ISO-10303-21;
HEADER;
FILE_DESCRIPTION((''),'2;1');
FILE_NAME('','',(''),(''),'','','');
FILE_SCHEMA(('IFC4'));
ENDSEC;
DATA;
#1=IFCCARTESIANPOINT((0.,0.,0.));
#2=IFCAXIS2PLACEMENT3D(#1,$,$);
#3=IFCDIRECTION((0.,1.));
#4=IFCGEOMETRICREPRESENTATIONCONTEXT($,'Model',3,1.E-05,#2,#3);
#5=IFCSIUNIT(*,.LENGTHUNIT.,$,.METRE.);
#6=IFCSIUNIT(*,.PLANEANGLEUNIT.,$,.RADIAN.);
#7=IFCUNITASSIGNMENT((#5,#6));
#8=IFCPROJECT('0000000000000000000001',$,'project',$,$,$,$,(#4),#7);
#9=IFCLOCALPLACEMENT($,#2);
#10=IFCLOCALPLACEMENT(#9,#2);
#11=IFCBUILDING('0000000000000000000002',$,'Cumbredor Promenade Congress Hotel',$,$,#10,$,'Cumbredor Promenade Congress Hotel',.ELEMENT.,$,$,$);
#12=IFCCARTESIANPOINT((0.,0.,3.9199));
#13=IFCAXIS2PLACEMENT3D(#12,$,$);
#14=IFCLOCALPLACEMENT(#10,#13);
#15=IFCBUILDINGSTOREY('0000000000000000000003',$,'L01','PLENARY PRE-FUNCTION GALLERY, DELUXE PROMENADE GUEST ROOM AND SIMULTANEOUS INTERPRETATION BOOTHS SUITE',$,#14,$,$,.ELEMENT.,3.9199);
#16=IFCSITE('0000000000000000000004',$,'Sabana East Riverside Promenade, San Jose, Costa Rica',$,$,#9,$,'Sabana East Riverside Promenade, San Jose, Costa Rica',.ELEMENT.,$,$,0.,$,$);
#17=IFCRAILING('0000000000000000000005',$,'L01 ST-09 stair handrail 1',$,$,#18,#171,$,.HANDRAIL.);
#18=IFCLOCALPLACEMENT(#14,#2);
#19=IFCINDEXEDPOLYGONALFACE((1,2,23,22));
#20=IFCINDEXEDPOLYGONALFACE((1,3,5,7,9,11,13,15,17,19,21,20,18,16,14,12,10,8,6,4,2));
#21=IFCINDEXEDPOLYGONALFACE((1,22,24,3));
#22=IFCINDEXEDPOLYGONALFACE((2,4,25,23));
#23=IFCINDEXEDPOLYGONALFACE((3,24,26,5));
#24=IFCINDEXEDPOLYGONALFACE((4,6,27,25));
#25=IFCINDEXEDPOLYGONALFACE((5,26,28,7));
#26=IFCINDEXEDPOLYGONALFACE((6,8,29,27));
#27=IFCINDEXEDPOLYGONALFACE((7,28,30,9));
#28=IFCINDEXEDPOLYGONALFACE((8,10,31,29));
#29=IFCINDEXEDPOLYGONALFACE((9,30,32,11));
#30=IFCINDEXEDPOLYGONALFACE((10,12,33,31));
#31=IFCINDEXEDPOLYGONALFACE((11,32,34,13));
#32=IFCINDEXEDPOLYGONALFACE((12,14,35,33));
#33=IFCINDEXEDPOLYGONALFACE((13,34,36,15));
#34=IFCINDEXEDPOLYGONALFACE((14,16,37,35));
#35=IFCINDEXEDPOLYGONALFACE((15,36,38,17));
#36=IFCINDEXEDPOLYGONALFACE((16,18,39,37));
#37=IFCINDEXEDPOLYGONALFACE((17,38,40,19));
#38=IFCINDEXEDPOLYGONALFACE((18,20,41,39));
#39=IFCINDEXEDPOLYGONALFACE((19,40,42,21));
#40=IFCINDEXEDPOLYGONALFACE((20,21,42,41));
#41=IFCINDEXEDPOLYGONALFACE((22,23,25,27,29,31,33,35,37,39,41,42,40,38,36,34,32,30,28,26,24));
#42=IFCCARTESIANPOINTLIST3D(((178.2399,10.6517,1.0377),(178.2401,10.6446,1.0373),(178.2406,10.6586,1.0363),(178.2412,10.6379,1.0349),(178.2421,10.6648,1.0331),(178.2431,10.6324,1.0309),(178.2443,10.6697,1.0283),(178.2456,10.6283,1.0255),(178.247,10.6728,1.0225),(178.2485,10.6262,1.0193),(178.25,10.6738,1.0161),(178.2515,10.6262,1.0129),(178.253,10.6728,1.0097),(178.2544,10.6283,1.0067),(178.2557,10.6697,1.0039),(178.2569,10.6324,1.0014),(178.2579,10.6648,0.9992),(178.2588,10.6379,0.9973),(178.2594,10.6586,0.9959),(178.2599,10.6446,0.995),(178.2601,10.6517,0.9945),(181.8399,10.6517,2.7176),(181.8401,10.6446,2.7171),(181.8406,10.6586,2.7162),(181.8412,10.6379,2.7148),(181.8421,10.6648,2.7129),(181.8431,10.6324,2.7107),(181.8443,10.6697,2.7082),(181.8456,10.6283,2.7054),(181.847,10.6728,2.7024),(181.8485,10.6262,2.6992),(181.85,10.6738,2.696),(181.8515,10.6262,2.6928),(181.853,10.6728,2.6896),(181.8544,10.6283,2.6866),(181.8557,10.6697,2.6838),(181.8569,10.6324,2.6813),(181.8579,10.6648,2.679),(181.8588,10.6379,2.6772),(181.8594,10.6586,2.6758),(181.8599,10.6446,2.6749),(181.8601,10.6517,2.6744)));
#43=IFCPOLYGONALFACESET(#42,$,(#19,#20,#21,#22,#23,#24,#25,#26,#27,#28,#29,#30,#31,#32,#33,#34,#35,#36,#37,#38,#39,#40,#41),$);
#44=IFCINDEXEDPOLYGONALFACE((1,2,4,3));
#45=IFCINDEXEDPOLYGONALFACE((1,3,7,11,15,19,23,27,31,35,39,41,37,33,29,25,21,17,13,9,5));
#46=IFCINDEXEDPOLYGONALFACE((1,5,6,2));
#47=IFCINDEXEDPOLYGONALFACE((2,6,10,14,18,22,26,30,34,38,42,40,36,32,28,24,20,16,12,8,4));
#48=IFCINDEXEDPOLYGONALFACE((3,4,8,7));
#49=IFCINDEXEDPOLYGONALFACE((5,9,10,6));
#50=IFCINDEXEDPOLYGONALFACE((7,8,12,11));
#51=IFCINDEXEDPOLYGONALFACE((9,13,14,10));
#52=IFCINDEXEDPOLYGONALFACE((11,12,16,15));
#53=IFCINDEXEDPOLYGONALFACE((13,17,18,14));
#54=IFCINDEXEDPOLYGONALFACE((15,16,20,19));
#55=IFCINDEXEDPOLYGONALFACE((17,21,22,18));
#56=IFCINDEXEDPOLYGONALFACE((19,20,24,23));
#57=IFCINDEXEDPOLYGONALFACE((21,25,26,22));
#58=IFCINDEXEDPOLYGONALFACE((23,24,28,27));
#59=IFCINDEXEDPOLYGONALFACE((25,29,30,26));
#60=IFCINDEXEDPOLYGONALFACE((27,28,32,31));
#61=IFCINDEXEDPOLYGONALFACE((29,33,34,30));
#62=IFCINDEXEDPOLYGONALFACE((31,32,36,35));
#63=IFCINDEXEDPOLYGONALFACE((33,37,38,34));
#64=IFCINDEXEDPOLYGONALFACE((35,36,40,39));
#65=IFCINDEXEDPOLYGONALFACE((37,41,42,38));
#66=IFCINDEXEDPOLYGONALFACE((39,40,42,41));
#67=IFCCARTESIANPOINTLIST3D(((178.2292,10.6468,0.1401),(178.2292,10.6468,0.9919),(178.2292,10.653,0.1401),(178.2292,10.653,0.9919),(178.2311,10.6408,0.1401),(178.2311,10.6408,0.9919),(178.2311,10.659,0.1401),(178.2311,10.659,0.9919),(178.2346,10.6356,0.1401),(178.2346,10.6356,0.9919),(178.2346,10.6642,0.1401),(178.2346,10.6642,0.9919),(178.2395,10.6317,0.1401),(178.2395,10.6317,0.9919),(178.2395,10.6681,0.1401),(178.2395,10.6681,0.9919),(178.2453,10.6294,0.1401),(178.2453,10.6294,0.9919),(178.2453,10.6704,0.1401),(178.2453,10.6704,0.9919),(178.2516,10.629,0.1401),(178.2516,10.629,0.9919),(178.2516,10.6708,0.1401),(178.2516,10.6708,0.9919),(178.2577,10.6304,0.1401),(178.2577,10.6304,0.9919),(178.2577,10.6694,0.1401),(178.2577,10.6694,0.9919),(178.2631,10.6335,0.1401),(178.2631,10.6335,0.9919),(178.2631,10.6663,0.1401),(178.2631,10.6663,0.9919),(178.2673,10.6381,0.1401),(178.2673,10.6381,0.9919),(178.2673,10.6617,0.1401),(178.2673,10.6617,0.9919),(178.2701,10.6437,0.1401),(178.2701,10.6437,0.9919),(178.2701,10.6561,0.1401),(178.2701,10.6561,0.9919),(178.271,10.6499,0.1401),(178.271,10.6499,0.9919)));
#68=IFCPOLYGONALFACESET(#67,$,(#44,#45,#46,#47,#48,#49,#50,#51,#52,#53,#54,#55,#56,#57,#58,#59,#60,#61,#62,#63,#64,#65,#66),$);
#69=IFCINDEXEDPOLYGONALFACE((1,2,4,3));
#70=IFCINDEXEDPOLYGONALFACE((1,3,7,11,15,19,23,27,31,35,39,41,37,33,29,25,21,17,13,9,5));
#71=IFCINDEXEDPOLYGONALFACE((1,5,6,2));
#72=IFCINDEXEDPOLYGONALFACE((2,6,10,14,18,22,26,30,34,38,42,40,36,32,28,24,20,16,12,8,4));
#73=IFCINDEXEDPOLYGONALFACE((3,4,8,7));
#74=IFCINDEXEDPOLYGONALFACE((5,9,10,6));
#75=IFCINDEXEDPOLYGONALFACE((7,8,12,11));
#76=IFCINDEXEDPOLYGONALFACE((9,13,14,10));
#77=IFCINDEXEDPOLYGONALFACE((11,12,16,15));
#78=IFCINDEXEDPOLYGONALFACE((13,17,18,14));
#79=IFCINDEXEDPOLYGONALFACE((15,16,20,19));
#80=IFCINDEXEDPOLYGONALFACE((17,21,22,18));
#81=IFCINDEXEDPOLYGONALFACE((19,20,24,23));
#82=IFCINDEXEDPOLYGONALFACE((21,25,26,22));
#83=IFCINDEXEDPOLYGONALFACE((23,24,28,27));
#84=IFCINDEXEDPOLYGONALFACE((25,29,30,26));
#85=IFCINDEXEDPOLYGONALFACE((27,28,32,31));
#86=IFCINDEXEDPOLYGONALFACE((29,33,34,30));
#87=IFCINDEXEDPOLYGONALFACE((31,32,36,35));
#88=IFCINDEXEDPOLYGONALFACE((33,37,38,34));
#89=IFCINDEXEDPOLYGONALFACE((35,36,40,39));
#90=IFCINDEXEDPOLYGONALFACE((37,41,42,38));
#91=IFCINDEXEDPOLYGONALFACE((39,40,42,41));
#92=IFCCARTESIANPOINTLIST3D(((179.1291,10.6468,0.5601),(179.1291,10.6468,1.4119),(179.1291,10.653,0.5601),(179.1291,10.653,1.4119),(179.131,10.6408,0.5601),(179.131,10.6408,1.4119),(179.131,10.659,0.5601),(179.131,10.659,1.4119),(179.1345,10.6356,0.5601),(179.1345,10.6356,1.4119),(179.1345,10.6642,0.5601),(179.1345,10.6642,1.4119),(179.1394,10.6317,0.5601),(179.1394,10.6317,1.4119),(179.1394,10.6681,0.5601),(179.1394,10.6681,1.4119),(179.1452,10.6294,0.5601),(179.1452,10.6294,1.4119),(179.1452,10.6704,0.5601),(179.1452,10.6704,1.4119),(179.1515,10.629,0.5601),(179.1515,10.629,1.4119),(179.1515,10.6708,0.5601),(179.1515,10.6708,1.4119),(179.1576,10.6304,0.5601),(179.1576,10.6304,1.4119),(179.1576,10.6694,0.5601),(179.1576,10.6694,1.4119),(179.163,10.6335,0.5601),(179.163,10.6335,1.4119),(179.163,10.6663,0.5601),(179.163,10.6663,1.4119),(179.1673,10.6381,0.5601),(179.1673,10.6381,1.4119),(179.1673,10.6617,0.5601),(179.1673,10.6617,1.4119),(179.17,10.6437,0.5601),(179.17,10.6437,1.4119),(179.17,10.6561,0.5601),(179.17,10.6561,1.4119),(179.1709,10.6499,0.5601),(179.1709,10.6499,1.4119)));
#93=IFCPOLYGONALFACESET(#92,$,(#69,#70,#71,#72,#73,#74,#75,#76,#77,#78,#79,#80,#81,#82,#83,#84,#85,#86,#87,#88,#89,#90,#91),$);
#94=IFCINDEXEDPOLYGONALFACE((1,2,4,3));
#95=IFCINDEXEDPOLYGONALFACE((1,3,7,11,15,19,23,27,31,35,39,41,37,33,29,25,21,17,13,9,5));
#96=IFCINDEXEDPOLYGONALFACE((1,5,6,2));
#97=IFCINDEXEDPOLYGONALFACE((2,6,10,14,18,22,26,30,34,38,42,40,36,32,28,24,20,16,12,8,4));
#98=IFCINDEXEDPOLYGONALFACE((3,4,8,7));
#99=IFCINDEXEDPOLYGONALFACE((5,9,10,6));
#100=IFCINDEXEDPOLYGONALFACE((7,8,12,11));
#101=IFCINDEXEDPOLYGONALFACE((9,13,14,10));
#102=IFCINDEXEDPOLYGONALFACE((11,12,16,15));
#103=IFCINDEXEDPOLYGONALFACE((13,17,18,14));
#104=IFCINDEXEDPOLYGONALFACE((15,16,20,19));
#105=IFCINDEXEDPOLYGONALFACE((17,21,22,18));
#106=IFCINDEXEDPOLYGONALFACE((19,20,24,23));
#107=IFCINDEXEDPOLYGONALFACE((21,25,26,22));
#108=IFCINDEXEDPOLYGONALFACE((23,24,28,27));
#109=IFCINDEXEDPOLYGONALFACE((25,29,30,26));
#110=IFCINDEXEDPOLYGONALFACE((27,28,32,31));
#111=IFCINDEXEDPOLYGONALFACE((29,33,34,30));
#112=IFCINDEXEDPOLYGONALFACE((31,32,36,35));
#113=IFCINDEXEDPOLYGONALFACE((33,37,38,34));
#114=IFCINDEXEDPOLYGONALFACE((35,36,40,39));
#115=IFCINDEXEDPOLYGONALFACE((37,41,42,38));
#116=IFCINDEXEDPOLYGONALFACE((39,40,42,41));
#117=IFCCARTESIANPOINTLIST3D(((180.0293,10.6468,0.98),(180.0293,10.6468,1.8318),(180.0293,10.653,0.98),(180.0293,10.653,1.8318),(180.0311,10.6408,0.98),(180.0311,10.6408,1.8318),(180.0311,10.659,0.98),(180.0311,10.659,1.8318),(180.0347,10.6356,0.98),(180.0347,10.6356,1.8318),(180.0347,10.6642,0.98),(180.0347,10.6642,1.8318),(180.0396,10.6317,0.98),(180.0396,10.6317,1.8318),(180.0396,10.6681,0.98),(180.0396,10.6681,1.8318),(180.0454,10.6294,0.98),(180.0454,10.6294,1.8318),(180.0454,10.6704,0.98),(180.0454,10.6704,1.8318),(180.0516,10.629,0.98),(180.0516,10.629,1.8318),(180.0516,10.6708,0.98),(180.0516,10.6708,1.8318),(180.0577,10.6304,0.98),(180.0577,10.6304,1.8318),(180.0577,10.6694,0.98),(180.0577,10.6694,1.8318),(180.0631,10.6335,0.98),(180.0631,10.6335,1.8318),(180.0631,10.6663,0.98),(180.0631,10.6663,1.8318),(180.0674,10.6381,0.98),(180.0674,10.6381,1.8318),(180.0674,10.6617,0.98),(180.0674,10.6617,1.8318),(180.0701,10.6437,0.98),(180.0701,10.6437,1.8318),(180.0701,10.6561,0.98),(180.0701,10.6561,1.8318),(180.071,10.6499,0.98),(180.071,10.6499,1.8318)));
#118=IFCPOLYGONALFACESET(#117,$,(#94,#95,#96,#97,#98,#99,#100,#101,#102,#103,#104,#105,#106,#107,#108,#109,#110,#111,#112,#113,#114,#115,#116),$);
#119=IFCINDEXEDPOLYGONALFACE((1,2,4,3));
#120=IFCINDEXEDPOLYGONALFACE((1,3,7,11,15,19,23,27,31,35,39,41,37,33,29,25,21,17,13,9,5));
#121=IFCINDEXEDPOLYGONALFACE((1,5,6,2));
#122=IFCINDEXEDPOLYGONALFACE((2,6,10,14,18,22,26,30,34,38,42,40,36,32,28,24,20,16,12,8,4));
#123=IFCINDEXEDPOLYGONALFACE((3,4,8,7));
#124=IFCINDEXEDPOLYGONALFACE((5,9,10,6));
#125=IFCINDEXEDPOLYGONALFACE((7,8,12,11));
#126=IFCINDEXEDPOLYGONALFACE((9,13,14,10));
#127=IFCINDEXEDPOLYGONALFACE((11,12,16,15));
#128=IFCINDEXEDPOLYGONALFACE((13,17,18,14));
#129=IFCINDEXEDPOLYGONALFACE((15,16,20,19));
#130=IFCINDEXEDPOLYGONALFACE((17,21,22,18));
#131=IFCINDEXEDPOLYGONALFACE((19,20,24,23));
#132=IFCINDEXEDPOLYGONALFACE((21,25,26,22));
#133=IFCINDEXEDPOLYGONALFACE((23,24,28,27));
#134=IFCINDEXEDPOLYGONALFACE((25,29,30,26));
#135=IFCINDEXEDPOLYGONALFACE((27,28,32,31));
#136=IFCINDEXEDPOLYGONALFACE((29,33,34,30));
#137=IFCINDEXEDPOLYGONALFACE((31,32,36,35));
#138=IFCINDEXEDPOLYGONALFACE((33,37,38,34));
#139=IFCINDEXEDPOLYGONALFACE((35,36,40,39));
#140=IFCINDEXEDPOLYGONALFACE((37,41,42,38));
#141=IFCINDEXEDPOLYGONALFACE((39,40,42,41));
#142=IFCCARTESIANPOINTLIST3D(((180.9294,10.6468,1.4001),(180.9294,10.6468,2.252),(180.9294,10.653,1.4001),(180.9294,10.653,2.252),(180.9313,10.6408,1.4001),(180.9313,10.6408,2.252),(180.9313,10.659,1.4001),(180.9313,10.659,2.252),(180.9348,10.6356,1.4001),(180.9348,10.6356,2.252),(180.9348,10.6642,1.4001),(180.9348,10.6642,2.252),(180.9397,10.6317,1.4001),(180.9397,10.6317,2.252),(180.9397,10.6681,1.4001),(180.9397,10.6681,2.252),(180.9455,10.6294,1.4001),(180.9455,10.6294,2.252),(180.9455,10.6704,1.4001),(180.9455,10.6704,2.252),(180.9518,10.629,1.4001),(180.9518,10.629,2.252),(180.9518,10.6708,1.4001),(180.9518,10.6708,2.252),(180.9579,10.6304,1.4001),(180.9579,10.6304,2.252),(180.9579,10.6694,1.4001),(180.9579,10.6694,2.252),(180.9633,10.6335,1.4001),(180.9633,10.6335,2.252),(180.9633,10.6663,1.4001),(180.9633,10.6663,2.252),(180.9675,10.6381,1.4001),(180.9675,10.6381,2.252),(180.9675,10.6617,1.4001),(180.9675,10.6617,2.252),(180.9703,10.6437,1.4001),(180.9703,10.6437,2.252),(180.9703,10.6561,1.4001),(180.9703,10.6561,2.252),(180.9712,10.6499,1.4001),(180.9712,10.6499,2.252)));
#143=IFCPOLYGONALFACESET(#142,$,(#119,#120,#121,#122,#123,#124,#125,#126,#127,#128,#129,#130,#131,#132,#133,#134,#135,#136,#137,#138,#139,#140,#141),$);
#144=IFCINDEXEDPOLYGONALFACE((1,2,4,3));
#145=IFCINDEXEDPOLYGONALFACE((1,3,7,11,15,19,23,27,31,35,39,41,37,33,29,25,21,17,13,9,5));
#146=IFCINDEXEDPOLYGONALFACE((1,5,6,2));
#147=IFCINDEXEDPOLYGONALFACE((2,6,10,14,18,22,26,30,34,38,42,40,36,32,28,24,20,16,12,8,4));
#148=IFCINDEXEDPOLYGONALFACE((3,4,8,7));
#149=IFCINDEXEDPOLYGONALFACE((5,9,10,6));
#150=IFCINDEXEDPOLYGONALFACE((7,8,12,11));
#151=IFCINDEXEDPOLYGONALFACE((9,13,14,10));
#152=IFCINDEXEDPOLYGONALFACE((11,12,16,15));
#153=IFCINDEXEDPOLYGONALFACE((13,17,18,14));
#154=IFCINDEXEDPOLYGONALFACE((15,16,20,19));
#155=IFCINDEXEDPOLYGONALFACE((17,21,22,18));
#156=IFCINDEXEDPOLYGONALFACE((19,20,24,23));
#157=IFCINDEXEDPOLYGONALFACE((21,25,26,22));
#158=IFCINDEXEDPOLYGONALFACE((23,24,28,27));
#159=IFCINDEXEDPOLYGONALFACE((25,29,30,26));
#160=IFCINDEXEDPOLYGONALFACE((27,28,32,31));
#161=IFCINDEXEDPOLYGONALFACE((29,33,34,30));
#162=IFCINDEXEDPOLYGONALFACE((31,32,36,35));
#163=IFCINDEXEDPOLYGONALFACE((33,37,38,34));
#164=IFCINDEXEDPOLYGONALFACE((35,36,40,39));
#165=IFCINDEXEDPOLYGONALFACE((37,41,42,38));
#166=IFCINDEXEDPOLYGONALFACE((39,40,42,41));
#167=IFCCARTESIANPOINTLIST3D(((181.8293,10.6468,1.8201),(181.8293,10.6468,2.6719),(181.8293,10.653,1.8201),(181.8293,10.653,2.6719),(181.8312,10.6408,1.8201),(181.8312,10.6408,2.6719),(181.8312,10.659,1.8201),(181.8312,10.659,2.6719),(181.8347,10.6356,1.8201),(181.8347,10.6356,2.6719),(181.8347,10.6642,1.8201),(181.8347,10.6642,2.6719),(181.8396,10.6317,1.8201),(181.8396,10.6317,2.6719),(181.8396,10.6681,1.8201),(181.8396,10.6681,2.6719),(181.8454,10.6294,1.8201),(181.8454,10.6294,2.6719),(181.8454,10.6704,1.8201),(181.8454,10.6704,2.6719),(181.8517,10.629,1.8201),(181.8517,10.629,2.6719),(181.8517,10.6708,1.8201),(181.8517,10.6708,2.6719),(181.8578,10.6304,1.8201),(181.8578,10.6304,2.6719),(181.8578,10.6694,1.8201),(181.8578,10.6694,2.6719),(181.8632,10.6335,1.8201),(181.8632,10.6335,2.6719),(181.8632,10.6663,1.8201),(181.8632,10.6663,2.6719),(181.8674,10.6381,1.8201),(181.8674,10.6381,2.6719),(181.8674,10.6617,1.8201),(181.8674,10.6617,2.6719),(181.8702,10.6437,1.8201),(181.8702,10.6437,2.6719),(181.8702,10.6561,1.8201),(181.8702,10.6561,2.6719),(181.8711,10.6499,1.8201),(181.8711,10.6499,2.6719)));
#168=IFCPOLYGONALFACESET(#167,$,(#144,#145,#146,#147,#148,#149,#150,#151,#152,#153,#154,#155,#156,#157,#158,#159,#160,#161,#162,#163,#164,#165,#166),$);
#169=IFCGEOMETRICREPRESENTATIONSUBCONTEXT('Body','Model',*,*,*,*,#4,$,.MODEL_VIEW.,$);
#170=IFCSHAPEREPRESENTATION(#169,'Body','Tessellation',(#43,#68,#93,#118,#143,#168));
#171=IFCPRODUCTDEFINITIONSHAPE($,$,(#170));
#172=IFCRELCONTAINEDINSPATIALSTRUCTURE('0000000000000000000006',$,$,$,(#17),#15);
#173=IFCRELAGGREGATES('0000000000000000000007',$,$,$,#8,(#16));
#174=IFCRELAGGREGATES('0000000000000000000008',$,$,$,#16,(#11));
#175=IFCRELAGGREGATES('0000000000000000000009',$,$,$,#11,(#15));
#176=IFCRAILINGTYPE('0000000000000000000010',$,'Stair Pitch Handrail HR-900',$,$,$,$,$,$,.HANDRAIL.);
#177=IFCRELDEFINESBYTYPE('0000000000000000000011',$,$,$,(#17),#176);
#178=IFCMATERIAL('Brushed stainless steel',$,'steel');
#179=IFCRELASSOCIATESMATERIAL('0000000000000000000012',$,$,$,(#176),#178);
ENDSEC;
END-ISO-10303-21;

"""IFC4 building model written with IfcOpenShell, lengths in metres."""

from ifc_helpers import new_model, si_unit, direction, frame, origin, origin_2d, place, context, subcontext, project, spatial, circle, extrude, material, type_object, element, save


model = new_model("IFC4")

# Units and contexts
model_context = context("Model", 3, precision=1e-05, world=origin(), true_north=direction((0.0, 1.0)))
body_context = subcontext(model_context, "Body", "Model", "MODEL_VIEW")
ifc_project = project(units=[si_unit("LENGTHUNIT", "METRE"), si_unit("PLANEANGLEUNIT", "RADIAN")], contexts=[model_context])

# Site, building, storey
site_placement = place(None, origin())
site = spatial("IfcSite", under=ifc_project, at=site_placement, Name="Sabana East Riverside Promenade, San Jose, Costa Rica", LongName="Sabana East Riverside Promenade, San Jose, Costa Rica", CompositionType="ELEMENT", RefElevation=0.0)
building_placement = place(site_placement, origin())
building = spatial("IfcBuilding", under=site, at=building_placement, Name="Cumbredor Promenade Congress Hotel", LongName="Cumbredor Promenade Congress Hotel", CompositionType="ELEMENT")
storey_placement = place(building_placement, frame((0.0, 0.0, 3.9199)))
storey = spatial("IfcBuildingStorey", under=building, at=storey_placement, Name="L01", Description="PLENARY PRE-FUNCTION GALLERY, DELUXE PROMENADE GUEST ROOM AND SIMULTANEOUS INTERPRETATION BOOTHS SUITE", CompositionType="ELEMENT", Elevation=3.9199)

# Railing
ifc_material_1 = material(Name="Brushed stainless steel", Category="steel")
railing_type = type_object("IfcRailingType", Name="Stair Pitch Handrail HR-900", PredefinedType="HANDRAIL", material=ifc_material_1)
railing_placement = place(storey_placement, frame((178.25, 10.6499, 0.1401)))
element("IfcRailing", 1, at=railing_placement, inside=storey, type_object=railing_type, Name="L01 ST-09 stair handrail 1", PredefinedType="HANDRAIL", context=body_context, shape_type="SweptSolid", body=[
    extrude(circle(Radius=0.0239, at=origin_2d()), frame((0.0, 0.0, 0.876), z_axis=(0.906194, 0.0, 0.422862), x_axis=(0.0, 1.0, 0.0)), (0.0, 0.0, 1.0), 3.9727),
    extrude(circle(Radius=0.021, at=origin_2d()), origin(), (0.0, 0.0, 1.0), 0.8518),
    extrude(circle(Radius=0.021, at=origin_2d()), frame((0.8999, 0.0, 0.4199)), (0.0, 0.0, 1.0), 0.8518),
    extrude(circle(Radius=0.021, at=origin_2d()), frame((1.8, 0.0, 0.8398)), (0.0, 0.0, 1.0), 0.8518),
    extrude(circle(Radius=0.021, at=origin_2d()), frame((2.7002, 0.0, 1.26)), (0.0, 0.0, 1.0), 0.8518),
    extrude(circle(Radius=0.021, at=origin_2d()), frame((3.6001, 0.0, 1.6799)), (0.0, 0.0, 1.0), 0.8518),
])

save(model, "model.ifc")
